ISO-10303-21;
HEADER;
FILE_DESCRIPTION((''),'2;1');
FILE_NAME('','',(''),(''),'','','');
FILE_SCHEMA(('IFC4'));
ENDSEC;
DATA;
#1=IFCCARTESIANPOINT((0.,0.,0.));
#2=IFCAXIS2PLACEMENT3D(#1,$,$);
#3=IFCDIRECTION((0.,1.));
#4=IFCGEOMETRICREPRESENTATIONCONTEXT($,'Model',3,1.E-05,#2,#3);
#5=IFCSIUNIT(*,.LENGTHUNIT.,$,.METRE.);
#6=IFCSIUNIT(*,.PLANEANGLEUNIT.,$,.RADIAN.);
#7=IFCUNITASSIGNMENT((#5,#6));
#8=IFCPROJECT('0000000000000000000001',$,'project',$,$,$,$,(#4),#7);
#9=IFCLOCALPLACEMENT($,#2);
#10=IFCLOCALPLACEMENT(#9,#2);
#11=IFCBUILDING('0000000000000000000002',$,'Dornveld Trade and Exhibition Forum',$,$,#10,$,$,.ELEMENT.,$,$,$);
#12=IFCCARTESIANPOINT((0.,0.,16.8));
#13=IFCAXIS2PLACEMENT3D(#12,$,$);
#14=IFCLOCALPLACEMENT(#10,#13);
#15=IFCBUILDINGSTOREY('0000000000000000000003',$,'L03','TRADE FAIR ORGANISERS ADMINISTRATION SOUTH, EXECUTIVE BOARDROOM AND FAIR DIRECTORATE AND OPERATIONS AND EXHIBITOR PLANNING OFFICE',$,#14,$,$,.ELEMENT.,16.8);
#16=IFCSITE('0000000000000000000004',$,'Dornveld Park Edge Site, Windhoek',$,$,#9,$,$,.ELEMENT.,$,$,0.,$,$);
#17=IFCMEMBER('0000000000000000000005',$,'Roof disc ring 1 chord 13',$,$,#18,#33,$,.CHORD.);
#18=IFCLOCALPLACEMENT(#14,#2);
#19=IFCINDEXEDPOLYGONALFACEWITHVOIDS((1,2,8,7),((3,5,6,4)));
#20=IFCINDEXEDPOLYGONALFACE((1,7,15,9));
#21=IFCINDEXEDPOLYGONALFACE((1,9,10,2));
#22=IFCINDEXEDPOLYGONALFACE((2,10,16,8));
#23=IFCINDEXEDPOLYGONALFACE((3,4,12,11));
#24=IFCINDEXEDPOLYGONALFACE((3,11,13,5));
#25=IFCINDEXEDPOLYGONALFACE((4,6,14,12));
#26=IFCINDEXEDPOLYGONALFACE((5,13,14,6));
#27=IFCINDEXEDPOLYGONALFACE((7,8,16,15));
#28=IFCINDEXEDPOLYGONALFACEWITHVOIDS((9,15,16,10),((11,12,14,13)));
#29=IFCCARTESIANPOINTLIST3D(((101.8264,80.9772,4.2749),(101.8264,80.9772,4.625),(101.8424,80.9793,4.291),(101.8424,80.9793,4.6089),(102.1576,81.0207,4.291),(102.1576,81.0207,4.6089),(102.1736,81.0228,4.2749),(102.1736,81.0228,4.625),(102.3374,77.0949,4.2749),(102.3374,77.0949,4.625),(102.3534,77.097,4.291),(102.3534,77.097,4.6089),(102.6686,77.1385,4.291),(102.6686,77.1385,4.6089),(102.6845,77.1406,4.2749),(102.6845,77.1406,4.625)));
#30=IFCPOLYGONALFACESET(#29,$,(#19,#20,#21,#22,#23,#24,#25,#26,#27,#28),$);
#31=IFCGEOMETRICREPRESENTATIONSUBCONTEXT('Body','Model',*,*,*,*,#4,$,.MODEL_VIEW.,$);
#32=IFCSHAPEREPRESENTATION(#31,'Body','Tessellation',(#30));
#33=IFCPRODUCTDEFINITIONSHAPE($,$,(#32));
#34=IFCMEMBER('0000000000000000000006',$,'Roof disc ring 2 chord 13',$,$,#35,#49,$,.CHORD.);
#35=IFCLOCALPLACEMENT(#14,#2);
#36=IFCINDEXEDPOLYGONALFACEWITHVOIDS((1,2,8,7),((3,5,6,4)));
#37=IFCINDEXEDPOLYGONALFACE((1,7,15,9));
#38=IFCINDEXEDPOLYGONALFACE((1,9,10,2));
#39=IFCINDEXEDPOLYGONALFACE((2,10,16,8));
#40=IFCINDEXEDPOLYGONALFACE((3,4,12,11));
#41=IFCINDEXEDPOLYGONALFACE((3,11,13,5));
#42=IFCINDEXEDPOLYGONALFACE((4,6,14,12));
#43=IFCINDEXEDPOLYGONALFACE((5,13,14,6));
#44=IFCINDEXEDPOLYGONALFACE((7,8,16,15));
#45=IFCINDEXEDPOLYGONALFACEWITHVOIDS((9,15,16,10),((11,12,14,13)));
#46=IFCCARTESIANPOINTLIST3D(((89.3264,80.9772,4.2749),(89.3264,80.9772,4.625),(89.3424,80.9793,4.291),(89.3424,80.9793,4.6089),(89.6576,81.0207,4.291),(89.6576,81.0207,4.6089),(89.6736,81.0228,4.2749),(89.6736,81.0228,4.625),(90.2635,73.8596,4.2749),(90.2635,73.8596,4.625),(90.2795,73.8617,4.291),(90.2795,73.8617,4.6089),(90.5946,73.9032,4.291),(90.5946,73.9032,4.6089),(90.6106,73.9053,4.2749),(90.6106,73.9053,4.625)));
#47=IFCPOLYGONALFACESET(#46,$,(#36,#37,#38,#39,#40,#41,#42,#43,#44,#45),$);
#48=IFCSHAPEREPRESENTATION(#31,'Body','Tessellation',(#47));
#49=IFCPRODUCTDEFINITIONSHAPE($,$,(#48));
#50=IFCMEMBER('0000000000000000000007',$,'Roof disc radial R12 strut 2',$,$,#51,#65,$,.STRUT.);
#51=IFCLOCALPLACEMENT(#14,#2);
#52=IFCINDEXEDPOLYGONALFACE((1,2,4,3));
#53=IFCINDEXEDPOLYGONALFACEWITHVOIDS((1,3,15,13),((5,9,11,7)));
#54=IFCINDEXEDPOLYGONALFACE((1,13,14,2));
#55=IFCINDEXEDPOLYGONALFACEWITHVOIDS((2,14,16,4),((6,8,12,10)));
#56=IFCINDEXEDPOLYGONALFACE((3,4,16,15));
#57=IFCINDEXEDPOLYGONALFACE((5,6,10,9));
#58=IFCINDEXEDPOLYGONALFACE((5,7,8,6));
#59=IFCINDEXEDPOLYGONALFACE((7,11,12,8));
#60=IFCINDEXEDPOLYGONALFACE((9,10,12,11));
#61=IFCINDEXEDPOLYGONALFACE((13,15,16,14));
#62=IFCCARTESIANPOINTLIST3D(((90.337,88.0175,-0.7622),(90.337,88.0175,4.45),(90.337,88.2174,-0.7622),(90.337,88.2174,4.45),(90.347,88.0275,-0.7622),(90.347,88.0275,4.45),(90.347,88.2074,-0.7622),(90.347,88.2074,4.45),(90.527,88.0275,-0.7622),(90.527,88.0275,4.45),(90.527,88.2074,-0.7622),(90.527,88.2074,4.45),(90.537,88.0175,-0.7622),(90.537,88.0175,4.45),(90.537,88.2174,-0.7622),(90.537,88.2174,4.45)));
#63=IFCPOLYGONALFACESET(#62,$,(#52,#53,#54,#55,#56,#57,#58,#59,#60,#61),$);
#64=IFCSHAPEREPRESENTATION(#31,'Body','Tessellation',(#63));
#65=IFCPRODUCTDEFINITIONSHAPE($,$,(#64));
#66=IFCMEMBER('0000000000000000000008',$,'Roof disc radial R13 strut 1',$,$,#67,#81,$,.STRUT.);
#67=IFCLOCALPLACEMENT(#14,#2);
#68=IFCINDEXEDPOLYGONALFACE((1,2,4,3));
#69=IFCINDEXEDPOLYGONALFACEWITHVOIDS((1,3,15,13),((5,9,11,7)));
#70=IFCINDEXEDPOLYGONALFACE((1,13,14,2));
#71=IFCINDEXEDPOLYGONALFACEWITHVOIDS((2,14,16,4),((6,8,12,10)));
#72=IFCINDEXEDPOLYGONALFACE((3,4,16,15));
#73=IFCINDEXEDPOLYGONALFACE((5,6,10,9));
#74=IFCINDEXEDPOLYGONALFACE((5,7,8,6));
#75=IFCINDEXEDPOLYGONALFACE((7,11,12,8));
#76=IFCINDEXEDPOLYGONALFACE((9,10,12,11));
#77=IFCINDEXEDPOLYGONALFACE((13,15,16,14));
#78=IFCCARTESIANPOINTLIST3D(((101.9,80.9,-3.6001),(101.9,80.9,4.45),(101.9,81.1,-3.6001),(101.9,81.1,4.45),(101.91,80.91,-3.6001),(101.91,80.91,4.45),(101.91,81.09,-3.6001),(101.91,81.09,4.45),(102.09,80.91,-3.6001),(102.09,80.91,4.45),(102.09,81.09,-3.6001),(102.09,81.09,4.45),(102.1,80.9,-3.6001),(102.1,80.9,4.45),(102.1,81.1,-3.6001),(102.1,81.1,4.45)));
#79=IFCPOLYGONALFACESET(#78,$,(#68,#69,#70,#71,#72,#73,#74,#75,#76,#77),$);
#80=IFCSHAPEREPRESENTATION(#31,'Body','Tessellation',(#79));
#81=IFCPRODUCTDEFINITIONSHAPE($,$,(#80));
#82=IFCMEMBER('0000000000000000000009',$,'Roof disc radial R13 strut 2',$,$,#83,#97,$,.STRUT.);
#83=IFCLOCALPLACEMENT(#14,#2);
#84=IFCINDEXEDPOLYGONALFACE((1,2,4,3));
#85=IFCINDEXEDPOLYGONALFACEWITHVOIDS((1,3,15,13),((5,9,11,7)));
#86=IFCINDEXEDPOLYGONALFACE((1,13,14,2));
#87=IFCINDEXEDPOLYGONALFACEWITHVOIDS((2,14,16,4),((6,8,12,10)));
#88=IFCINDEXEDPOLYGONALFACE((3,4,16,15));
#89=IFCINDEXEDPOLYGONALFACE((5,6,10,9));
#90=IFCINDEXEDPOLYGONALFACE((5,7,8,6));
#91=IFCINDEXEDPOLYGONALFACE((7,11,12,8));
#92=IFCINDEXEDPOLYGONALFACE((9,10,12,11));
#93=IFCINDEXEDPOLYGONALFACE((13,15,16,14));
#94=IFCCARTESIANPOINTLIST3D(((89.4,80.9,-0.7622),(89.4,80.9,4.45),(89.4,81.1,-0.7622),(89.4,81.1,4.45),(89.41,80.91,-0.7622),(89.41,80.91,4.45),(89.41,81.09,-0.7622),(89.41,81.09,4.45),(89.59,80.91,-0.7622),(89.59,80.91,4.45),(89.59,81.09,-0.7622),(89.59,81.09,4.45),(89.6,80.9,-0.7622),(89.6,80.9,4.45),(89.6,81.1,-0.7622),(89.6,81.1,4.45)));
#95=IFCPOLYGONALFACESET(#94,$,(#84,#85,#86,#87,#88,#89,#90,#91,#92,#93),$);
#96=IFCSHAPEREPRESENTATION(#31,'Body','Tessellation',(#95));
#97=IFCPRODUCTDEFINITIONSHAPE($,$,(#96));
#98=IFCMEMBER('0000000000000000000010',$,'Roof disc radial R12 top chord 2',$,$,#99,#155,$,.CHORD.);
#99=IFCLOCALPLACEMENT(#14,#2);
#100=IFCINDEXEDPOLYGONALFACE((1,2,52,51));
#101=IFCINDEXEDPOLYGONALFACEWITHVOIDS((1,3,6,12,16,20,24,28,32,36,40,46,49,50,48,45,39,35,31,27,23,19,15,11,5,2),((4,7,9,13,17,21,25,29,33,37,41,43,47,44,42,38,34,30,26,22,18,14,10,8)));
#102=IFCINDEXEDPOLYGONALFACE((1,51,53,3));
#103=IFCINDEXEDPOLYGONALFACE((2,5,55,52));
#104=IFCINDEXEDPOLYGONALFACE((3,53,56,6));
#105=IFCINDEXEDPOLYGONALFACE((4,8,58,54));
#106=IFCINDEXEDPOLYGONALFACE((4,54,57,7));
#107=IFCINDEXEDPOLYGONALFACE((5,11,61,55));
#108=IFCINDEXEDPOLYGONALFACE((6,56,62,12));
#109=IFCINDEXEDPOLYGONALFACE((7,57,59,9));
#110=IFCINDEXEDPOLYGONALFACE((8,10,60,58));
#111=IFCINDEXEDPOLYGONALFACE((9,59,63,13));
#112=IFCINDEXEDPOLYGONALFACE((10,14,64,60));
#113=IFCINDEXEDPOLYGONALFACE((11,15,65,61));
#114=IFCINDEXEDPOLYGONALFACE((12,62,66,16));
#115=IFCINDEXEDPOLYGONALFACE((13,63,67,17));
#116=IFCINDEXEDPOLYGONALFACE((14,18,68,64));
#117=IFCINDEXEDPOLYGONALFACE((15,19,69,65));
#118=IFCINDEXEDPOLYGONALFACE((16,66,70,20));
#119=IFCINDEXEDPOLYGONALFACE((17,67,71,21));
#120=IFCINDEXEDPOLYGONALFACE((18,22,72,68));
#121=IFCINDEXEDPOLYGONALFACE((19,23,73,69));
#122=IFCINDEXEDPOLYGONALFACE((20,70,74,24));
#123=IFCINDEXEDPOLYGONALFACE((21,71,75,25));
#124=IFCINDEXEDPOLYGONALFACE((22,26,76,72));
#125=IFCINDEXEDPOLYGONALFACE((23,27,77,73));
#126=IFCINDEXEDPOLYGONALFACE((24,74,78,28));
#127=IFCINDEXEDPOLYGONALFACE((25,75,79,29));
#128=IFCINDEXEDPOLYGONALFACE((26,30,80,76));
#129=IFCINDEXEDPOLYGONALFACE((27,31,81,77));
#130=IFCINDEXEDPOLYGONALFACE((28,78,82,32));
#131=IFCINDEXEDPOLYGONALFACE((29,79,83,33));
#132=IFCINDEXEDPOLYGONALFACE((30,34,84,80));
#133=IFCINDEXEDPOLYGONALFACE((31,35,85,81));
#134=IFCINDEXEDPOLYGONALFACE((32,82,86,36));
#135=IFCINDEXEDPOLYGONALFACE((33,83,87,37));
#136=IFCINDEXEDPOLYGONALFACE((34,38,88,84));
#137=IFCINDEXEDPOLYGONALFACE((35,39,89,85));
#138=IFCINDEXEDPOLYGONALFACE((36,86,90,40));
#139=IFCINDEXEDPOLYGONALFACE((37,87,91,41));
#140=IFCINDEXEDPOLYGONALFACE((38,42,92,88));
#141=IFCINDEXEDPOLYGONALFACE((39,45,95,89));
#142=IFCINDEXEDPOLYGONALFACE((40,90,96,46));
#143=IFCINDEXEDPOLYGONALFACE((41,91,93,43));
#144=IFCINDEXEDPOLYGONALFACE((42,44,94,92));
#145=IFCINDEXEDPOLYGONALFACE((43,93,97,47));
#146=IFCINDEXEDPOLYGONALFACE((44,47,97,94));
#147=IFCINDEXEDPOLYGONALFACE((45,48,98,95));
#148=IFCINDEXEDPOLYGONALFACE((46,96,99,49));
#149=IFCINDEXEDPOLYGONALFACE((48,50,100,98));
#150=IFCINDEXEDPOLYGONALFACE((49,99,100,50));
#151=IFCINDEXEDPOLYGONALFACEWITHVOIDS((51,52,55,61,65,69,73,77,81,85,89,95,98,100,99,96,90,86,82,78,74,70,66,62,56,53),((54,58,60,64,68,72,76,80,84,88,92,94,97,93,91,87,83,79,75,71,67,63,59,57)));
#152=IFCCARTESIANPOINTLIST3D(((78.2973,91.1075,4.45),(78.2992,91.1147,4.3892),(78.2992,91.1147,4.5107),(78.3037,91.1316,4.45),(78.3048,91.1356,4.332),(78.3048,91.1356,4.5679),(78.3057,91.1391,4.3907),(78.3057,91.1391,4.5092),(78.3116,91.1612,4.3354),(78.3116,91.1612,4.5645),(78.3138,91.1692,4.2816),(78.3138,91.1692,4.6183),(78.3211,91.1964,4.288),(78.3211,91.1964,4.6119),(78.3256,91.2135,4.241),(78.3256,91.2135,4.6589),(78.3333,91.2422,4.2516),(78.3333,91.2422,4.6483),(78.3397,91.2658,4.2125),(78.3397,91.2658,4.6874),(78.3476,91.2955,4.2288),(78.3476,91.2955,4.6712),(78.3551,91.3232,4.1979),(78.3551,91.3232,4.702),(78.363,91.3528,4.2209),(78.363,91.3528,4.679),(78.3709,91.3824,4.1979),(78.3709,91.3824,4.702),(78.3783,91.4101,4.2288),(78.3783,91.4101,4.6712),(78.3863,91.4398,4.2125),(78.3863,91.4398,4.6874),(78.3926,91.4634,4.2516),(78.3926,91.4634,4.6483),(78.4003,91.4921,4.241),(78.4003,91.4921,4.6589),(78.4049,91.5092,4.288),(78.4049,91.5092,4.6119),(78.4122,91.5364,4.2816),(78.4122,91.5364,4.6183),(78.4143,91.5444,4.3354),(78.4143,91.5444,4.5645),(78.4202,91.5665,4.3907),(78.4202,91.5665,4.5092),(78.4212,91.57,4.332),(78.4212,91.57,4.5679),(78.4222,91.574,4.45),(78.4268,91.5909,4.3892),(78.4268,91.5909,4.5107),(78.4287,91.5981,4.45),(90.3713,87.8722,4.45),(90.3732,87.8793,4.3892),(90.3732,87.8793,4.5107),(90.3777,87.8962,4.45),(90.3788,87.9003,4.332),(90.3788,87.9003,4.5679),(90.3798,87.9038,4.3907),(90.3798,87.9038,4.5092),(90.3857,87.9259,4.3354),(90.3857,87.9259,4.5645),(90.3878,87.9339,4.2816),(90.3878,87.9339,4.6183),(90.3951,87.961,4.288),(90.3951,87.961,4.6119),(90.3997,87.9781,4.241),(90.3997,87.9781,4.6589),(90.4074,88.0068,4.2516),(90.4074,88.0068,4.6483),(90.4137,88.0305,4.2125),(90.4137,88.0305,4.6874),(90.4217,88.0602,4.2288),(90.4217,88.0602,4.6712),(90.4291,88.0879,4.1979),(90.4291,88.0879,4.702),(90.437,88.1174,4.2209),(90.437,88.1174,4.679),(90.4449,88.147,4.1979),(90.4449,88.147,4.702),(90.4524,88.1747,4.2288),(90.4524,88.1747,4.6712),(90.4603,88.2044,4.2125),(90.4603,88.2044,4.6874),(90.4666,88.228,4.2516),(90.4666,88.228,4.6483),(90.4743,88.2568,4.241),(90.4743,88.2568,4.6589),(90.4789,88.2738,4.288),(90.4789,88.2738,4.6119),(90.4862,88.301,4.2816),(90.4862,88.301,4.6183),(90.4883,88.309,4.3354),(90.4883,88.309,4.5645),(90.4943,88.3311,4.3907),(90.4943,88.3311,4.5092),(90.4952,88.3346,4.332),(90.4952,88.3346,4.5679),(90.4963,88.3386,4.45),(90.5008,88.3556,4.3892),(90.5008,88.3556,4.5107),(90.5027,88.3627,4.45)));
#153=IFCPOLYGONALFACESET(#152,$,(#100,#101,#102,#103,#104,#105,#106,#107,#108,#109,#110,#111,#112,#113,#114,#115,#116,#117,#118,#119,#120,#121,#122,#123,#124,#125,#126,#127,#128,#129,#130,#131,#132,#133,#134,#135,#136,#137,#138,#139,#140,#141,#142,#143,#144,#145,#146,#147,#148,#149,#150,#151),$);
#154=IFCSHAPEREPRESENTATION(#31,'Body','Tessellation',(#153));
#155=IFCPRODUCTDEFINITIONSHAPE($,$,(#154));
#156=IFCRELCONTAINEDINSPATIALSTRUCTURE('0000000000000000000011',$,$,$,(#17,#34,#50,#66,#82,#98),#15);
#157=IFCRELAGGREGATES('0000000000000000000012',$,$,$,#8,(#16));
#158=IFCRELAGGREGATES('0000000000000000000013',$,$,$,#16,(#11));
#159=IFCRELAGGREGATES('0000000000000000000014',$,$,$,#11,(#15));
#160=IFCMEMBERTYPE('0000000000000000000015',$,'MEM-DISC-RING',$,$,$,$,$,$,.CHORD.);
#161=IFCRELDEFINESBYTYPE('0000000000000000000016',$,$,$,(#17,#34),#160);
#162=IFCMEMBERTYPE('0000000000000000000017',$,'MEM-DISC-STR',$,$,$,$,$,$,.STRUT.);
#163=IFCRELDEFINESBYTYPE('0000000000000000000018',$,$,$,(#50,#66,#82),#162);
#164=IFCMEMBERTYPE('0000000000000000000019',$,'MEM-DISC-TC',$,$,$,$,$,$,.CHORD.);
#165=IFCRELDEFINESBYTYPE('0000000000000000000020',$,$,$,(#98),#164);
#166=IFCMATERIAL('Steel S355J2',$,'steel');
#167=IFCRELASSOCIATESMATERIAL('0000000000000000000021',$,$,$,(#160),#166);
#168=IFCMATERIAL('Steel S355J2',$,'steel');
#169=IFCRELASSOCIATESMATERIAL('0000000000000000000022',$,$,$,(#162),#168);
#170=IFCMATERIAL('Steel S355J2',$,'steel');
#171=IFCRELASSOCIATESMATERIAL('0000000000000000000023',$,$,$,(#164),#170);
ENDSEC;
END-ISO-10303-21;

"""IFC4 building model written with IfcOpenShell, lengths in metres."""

from ifc_helpers import new_model, si_unit, direction, frame, origin, origin_2d, place, context, subcontext, project, spatial, hollow_rectangle, hollow_circle, extrude, material, material_profile, profile_set, type_object, element, save


model = new_model("IFC4")

# Units and contexts
model_context = context("Model", 3, precision=1e-05, world=origin(), true_north=direction((0.0, 1.0)))
body_context = subcontext(model_context, "Body", "Model", "MODEL_VIEW")
ifc_project = project(units=[si_unit("LENGTHUNIT", "METRE"), si_unit("PLANEANGLEUNIT", "RADIAN")], contexts=[model_context])

# Site, building, storey
site_placement = place(None, origin())
site = spatial("IfcSite", under=ifc_project, at=site_placement, Name="Dornveld Park Edge Site, Windhoek", CompositionType="ELEMENT", RefElevation=0.0)
building_placement = place(site_placement, origin())
building = spatial("IfcBuilding", under=site, at=building_placement, Name="Dornveld Trade and Exhibition Forum", CompositionType="ELEMENT")
storey_placement = place(building_placement, frame((0.0, 0.0, 16.8)))
storey = spatial("IfcBuildingStorey", under=building, at=storey_placement, Name="L03", Description="TRADE FAIR ORGANISERS ADMINISTRATION SOUTH, EXECUTIVE BOARDROOM AND FAIR DIRECTORATE AND OPERATIONS AND EXHIBITOR PLANNING OFFICE", CompositionType="ELEMENT", Elevation=16.8)

# Members
ifc_material_1 = material(Name="Steel S355J2", Category="steel")
ifc_material_profile_1 = material_profile(ifc_material_1, hollow_rectangle(XDim=0.3501, YDim=0.3501, WallThickness=0.0161, at=origin_2d()), Name="SHS 350x350x16")
ifc_profile_set_1 = profile_set([ifc_material_profile_1], Name="Steel S355J2")
member_type_1 = type_object("IfcMemberType", Name="MEM-DISC-RING", PredefinedType="CHORD", material=ifc_profile_set_1)
member_1_placement = place(storey_placement, frame((102.0, 81.0, 4.45), z_axis=(0.130493, -0.991449, 0.0), x_axis=(0.991449, 0.130493, 0.0)))
element("IfcMember", 1, at=member_1_placement, inside=storey, type_object=member_type_1, Name="Roof disc ring 1 chord 13", PredefinedType="CHORD", context=body_context, shape_type="SweptSolid", body=[
    extrude(hollow_rectangle(XDim=0.3501, YDim=0.3501, WallThickness=0.0161, at=origin_2d()), origin(), (0.0, 0.0, 1.0), 3.9158),
])
member_2_placement = place(storey_placement, frame((89.5, 81.0, 4.45), z_axis=(0.130524, -0.991445, 0.0), x_axis=(0.991445, 0.130524, 0.0)))
element("IfcMember", 2, at=member_2_placement, inside=storey, type_object=member_type_1, Name="Roof disc ring 2 chord 13", PredefinedType="CHORD", context=body_context, shape_type="SweptSolid", body=[
    extrude(hollow_rectangle(XDim=0.3501, YDim=0.3501, WallThickness=0.0161, at=origin_2d()), origin(), (0.0, 0.0, 1.0), 7.179),
])
ifc_material_2 = material(Name="Steel S355J2", Category="steel")
ifc_material_profile_2 = material_profile(ifc_material_2, hollow_rectangle(XDim=0.2, YDim=0.2, WallThickness=0.01, at=origin_2d()), Name="SHS 200x200x10")
ifc_profile_set_2 = profile_set([ifc_material_profile_2], Name="Steel S355J2")
member_type_2 = type_object("IfcMemberType", Name="MEM-DISC-STR", PredefinedType="STRUT", material=ifc_profile_set_2)
member_3_placement = place(storey_placement, frame((90.437, 88.1174, -0.7622), z_axis=(0.0, 0.0, 1.0), x_axis=(1.0, 0.0, 0.0)))
element("IfcMember", 3, at=member_3_placement, inside=storey, type_object=member_type_2, Name="Roof disc radial R12 strut 2", PredefinedType="STRUT", context=body_context, shape_type="SweptSolid", body=[
    extrude(hollow_rectangle(XDim=0.2, YDim=0.2, WallThickness=0.01, at=origin_2d()), origin(), (0.0, 0.0, 1.0), 5.2122),
])
member_4_placement = place(storey_placement, frame((102.0, 81.0, -3.6001), z_axis=(0.0, 0.0, 1.0), x_axis=(1.0, 0.0, 0.0)))
element("IfcMember", 4, at=member_4_placement, inside=storey, type_object=member_type_2, Name="Roof disc radial R13 strut 1", PredefinedType="STRUT", context=body_context, shape_type="SweptSolid", body=[
    extrude(hollow_rectangle(XDim=0.2, YDim=0.2, WallThickness=0.01, at=origin_2d()), origin(), (0.0, 0.0, 1.0), 8.05),
])
member_5_placement = place(storey_placement, frame((89.5, 81.0, -0.7622), z_axis=(0.0, 0.0, 1.0), x_axis=(1.0, 0.0, 0.0)))
element("IfcMember", 5, at=member_5_placement, inside=storey, type_object=member_type_2, Name="Roof disc radial R13 strut 2", PredefinedType="STRUT", context=body_context, shape_type="SweptSolid", body=[
    extrude(hollow_rectangle(XDim=0.2, YDim=0.2, WallThickness=0.01, at=origin_2d()), origin(), (0.0, 0.0, 1.0), 5.2122),
])
ifc_material_3 = material(Name="Steel S355J2", Category="steel")
ifc_material_profile_3 = material_profile(ifc_material_3, hollow_circle(Radius=0.2539, WallThickness=0.0249, at=origin_2d()), Name="CHS 508x25")
ifc_profile_set_3 = profile_set([ifc_material_profile_3], Name="Steel S355J2")
member_type_3 = type_object("IfcMemberType", Name="MEM-DISC-TC", PredefinedType="CHORD", material=ifc_profile_set_3)
for number, where, z_axis, x_axis, name in (
    (6, (90.437, 88.1174, 4.45), (-0.965923, 0.258829, 0.0), (-0.258829, -0.965923, 0.0), "Roof disc radial R12 top chord 2"),
):
    element("IfcMember", number, at=place(storey_placement, frame(where, z_axis=z_axis, x_axis=x_axis)), inside=storey, type_object=member_type_3, Name=name, PredefinedType="CHORD", context=body_context, shape_type="SweptSolid", body=[
        extrude(hollow_circle(Radius=0.2539, WallThickness=0.0249, at=origin_2d()), origin(), (0.0, 0.0, 1.0), 12.5),
    ])

save(model, "model.ifc")
